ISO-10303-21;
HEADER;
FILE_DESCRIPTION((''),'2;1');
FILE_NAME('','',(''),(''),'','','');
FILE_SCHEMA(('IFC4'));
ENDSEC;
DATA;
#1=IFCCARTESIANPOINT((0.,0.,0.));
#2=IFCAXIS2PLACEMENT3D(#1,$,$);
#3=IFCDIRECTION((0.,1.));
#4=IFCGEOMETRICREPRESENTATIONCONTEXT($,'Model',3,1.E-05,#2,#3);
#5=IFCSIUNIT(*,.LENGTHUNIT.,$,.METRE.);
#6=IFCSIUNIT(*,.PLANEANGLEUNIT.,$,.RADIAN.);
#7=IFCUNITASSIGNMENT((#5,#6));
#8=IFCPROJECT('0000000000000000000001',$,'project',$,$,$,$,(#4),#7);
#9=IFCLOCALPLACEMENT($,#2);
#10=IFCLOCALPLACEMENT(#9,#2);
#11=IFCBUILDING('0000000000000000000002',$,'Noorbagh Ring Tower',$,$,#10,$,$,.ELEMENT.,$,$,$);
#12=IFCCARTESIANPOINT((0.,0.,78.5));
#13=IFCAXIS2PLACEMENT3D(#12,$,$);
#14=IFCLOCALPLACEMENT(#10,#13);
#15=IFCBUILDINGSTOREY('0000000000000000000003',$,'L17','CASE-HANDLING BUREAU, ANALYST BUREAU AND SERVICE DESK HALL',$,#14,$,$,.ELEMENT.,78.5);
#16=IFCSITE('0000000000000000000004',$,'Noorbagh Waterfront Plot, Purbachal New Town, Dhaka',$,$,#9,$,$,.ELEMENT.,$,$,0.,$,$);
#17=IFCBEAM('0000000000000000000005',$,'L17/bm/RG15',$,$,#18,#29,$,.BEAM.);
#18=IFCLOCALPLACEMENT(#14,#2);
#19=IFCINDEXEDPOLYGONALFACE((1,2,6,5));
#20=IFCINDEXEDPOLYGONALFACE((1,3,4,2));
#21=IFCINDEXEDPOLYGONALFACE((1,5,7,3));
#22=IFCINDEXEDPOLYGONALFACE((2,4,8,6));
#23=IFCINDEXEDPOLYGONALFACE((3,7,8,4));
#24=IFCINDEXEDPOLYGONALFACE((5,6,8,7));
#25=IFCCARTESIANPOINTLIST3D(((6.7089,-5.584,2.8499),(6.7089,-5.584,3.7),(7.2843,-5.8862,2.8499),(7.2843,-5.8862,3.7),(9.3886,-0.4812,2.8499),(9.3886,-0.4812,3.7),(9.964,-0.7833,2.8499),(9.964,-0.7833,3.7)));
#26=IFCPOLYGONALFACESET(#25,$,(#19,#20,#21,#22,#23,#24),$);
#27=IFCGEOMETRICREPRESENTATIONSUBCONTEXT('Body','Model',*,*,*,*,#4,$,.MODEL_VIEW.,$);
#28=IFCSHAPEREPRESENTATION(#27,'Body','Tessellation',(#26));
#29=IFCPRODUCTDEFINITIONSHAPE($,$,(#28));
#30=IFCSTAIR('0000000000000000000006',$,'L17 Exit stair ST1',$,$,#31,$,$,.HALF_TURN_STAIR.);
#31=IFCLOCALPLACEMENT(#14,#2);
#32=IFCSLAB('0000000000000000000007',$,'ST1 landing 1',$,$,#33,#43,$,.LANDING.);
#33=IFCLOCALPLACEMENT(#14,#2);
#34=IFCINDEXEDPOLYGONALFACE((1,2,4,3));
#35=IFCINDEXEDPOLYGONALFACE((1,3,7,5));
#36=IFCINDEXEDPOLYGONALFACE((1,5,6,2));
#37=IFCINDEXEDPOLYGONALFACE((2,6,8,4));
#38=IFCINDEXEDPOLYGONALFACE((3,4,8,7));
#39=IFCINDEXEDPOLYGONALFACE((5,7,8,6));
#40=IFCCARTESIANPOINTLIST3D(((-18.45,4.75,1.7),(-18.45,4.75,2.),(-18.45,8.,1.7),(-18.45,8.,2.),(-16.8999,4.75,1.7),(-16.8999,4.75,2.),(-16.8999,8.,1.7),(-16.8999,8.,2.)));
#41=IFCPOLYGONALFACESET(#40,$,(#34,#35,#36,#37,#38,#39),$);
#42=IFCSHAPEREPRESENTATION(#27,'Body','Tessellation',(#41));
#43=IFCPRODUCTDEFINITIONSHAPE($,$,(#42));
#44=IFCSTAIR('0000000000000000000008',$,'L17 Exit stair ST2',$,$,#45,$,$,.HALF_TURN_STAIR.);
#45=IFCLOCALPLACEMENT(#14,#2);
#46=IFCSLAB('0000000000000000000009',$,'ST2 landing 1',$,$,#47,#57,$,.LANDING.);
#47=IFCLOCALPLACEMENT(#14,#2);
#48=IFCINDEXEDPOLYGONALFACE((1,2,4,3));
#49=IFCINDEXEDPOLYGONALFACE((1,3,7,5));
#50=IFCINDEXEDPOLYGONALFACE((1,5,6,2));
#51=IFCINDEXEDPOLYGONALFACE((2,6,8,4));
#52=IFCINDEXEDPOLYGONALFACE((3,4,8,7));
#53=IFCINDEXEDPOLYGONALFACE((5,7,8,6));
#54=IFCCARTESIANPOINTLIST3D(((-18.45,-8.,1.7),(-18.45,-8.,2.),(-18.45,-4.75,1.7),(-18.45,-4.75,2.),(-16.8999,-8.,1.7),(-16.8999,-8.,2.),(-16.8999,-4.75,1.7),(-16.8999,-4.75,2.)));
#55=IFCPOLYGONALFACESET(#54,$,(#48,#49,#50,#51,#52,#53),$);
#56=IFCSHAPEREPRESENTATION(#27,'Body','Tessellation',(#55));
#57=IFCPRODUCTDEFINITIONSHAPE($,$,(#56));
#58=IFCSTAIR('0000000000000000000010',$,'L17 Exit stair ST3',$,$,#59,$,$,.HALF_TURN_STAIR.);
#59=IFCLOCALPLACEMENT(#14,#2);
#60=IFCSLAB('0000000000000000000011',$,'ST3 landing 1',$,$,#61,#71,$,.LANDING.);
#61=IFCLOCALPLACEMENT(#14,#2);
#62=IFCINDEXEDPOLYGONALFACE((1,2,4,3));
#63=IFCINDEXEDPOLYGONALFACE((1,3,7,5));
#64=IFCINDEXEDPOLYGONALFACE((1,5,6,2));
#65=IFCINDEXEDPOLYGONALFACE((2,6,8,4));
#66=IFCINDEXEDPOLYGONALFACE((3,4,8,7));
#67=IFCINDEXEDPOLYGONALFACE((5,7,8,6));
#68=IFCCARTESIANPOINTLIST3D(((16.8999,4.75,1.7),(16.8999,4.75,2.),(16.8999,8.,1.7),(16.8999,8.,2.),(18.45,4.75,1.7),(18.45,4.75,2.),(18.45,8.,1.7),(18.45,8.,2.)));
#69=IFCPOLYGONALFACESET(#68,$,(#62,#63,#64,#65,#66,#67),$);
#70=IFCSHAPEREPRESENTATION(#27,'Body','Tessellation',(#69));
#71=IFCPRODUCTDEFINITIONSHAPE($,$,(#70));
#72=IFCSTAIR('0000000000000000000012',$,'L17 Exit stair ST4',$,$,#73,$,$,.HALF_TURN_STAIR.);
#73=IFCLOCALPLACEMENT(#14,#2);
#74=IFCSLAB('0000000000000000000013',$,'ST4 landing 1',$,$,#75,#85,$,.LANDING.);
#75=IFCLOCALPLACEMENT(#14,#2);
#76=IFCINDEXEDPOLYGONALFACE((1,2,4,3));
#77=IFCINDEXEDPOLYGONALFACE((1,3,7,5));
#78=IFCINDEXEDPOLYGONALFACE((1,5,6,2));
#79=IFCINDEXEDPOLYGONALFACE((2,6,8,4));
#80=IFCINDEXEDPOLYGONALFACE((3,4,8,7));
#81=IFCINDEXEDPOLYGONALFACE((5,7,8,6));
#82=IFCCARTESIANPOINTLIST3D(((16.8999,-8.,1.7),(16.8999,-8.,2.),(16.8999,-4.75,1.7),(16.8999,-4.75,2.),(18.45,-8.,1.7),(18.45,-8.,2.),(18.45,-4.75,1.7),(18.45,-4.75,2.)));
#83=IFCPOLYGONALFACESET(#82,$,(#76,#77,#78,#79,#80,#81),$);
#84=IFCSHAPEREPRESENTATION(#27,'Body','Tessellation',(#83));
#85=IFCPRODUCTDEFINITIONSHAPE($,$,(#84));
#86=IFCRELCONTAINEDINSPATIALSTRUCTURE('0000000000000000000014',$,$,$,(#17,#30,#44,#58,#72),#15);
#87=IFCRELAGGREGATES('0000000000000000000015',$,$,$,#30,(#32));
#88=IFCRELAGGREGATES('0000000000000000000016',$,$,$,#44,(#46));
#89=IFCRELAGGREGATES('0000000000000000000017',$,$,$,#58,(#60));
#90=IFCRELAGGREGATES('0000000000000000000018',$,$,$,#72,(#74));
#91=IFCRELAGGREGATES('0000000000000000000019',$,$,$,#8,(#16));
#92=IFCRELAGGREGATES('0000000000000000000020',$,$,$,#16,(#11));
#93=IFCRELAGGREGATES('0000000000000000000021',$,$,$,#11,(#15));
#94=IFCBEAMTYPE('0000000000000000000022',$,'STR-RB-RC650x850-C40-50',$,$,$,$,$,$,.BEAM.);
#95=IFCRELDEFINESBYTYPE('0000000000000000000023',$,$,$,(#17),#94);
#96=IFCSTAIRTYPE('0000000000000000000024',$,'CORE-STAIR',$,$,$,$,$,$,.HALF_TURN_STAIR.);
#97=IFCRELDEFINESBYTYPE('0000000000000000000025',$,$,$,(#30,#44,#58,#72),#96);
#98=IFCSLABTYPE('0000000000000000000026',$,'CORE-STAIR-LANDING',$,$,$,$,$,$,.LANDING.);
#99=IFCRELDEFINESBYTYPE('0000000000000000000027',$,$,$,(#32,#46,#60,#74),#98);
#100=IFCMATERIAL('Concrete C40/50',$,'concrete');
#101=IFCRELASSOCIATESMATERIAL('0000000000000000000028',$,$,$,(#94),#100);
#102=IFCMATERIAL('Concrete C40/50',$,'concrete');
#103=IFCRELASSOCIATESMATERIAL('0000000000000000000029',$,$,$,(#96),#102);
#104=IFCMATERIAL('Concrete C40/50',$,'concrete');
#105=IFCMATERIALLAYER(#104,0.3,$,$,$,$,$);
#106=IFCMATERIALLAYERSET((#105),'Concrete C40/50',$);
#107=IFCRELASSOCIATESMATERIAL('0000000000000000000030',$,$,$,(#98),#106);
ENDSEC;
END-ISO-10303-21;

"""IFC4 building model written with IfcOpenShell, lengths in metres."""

from ifc_helpers import new_model, si_unit, direction, frame, origin, origin_2d, place, context, subcontext, project, spatial, polyline, rectangle, outline, extrude, material, layer, layer_set, material_profile, profile_set, type_object, element, aggregate, save


model = new_model("IFC4")

# Units and contexts
model_context = context("Model", 3, precision=1e-05, world=origin(), true_north=direction((0.0, 1.0)))
body_context = subcontext(model_context, "Body", "Model", "MODEL_VIEW")
ifc_project = project(units=[si_unit("LENGTHUNIT", "METRE"), si_unit("PLANEANGLEUNIT", "RADIAN")], contexts=[model_context])

# Site, building, storey
site_placement = place(None, origin())
site = spatial("IfcSite", under=ifc_project, at=site_placement, Name="Noorbagh Waterfront Plot, Purbachal New Town, Dhaka", CompositionType="ELEMENT", RefElevation=0.0)
building_placement = place(site_placement, origin())
building = spatial("IfcBuilding", under=site, at=building_placement, Name="Noorbagh Ring Tower", CompositionType="ELEMENT")
storey_placement = place(building_placement, frame((0.0, 0.0, 78.5)))
storey = spatial("IfcBuildingStorey", under=building, at=storey_placement, Name="L17", Description="CASE-HANDLING BUREAU, ANALYST BUREAU AND SERVICE DESK HALL", CompositionType="ELEMENT", Elevation=78.5)

# Beam
ifc_material_1 = material(Name="Concrete C40/50", Category="concrete")
ifc_material_profile_1 = material_profile(ifc_material_1, rectangle(XDim=0.6499, YDim=0.8501, at=origin_2d()), Name="RC650x850")
ifc_profile_set_1 = profile_set([ifc_material_profile_1], Name="Concrete C40/50")
beam_type = type_object("IfcBeamType", Name="STR-RB-RC650x850-C40-50", PredefinedType="BEAM", material=ifc_profile_set_1)
beam_placement = place(storey_placement, frame((6.9966, -5.7351, 3.2749), z_axis=(0.464933, 0.885346, 0.0), x_axis=(-0.885346, 0.464933, 0.0)))
element("IfcBeam", 1, at=beam_placement, inside=storey, type_object=beam_type, Name="L17/bm/RG15", PredefinedType="BEAM", context=body_context, shape_type="SweptSolid", body=[
    extrude(rectangle(XDim=0.6499, YDim=0.8501, at=origin_2d()), origin(), (0.0, 0.0, 1.0), 5.7637),
])

# Stairs, slabs
ifc_material_2 = material(Name="Concrete C40/50", Category="concrete")
stair_type = type_object("IfcStairType", Name="CORE-STAIR", PredefinedType="HALF_TURN_STAIR", material=ifc_material_2)
stair_1_placement = place(storey_placement, origin())
stair_1 = element("IfcStair", 2, at=stair_1_placement, inside=storey, type_object=stair_type, Name="L17 Exit stair ST1", PredefinedType="HALF_TURN_STAIR")
ifc_material_3 = material(Name="Concrete C40/50", Category="concrete")
ifc_layer_1 = layer(ifc_material_3, 0.3)
ifc_layer_set_1 = layer_set([ifc_layer_1], Name="Concrete C40/50")
slab_type_1 = type_object("IfcSlabType", Name="CORE-STAIR-LANDING", PredefinedType="LANDING", material=ifc_layer_set_1)
slab_1_placement = place(storey_placement, frame((0.0, 0.0, 1.7)))
slab_1 = element("IfcSlab", 3, at=slab_1_placement, type_object=slab_type_1, Name="ST1 landing 1", PredefinedType="LANDING", context=body_context, shape_type="SweptSolid", body=[
    extrude(outline(polyline([(-18.45, 4.75), (-16.8999, 4.75), (-16.8999, 8.0), (-18.45, 8.0), (-18.45, 4.75)])), origin(), (0.0, 0.0, 1.0), 0.3),
])
aggregate(stair_1, [slab_1])
stair_2_placement = place(storey_placement, origin())
stair_2 = element("IfcStair", 4, at=stair_2_placement, inside=storey, type_object=stair_type, Name="L17 Exit stair ST2", PredefinedType="HALF_TURN_STAIR")
slab_2_placement = place(storey_placement, frame((0.0, 0.0, 1.7)))
slab_2 = element("IfcSlab", 5, at=slab_2_placement, type_object=slab_type_1, Name="ST2 landing 1", PredefinedType="LANDING", context=body_context, shape_type="SweptSolid", body=[
    extrude(outline(polyline([(-18.45, -8.0), (-16.8999, -8.0), (-16.8999, -4.75), (-18.45, -4.75), (-18.45, -8.0)])), origin(), (0.0, 0.0, 1.0), 0.3),
])
aggregate(stair_2, [slab_2])
stair_3_placement = place(storey_placement, origin())
stair_3 = element("IfcStair", 6, at=stair_3_placement, inside=storey, type_object=stair_type, Name="L17 Exit stair ST3", PredefinedType="HALF_TURN_STAIR")
slab_3_placement = place(storey_placement, frame((0.0, 0.0, 1.7)))
slab_3 = element("IfcSlab", 7, at=slab_3_placement, type_object=slab_type_1, Name="ST3 landing 1", PredefinedType="LANDING", context=body_context, shape_type="SweptSolid", body=[
    extrude(outline(polyline([(18.45, 8.0), (16.8999, 8.0), (16.8999, 4.75), (18.45, 4.75), (18.45, 8.0)])), origin(), (0.0, 0.0, 1.0), 0.3),
])
aggregate(stair_3, [slab_3])
stair_4_placement = place(storey_placement, origin())
stair_4 = element("IfcStair", 8, at=stair_4_placement, inside=storey, type_object=stair_type, Name="L17 Exit stair ST4", PredefinedType="HALF_TURN_STAIR")
slab_4_placement = place(storey_placement, frame((0.0, 0.0, 1.7)))
slab_4 = element("IfcSlab", 9, at=slab_4_placement, type_object=slab_type_1, Name="ST4 landing 1", PredefinedType="LANDING", context=body_context, shape_type="SweptSolid", body=[
    extrude(outline(polyline([(18.45, -4.75), (16.8999, -4.75), (16.8999, -8.0), (18.45, -8.0), (18.45, -4.75)])), origin(), (0.0, 0.0, 1.0), 0.3),
])
aggregate(stair_4, [slab_4])

save(model, "model.ifc")
